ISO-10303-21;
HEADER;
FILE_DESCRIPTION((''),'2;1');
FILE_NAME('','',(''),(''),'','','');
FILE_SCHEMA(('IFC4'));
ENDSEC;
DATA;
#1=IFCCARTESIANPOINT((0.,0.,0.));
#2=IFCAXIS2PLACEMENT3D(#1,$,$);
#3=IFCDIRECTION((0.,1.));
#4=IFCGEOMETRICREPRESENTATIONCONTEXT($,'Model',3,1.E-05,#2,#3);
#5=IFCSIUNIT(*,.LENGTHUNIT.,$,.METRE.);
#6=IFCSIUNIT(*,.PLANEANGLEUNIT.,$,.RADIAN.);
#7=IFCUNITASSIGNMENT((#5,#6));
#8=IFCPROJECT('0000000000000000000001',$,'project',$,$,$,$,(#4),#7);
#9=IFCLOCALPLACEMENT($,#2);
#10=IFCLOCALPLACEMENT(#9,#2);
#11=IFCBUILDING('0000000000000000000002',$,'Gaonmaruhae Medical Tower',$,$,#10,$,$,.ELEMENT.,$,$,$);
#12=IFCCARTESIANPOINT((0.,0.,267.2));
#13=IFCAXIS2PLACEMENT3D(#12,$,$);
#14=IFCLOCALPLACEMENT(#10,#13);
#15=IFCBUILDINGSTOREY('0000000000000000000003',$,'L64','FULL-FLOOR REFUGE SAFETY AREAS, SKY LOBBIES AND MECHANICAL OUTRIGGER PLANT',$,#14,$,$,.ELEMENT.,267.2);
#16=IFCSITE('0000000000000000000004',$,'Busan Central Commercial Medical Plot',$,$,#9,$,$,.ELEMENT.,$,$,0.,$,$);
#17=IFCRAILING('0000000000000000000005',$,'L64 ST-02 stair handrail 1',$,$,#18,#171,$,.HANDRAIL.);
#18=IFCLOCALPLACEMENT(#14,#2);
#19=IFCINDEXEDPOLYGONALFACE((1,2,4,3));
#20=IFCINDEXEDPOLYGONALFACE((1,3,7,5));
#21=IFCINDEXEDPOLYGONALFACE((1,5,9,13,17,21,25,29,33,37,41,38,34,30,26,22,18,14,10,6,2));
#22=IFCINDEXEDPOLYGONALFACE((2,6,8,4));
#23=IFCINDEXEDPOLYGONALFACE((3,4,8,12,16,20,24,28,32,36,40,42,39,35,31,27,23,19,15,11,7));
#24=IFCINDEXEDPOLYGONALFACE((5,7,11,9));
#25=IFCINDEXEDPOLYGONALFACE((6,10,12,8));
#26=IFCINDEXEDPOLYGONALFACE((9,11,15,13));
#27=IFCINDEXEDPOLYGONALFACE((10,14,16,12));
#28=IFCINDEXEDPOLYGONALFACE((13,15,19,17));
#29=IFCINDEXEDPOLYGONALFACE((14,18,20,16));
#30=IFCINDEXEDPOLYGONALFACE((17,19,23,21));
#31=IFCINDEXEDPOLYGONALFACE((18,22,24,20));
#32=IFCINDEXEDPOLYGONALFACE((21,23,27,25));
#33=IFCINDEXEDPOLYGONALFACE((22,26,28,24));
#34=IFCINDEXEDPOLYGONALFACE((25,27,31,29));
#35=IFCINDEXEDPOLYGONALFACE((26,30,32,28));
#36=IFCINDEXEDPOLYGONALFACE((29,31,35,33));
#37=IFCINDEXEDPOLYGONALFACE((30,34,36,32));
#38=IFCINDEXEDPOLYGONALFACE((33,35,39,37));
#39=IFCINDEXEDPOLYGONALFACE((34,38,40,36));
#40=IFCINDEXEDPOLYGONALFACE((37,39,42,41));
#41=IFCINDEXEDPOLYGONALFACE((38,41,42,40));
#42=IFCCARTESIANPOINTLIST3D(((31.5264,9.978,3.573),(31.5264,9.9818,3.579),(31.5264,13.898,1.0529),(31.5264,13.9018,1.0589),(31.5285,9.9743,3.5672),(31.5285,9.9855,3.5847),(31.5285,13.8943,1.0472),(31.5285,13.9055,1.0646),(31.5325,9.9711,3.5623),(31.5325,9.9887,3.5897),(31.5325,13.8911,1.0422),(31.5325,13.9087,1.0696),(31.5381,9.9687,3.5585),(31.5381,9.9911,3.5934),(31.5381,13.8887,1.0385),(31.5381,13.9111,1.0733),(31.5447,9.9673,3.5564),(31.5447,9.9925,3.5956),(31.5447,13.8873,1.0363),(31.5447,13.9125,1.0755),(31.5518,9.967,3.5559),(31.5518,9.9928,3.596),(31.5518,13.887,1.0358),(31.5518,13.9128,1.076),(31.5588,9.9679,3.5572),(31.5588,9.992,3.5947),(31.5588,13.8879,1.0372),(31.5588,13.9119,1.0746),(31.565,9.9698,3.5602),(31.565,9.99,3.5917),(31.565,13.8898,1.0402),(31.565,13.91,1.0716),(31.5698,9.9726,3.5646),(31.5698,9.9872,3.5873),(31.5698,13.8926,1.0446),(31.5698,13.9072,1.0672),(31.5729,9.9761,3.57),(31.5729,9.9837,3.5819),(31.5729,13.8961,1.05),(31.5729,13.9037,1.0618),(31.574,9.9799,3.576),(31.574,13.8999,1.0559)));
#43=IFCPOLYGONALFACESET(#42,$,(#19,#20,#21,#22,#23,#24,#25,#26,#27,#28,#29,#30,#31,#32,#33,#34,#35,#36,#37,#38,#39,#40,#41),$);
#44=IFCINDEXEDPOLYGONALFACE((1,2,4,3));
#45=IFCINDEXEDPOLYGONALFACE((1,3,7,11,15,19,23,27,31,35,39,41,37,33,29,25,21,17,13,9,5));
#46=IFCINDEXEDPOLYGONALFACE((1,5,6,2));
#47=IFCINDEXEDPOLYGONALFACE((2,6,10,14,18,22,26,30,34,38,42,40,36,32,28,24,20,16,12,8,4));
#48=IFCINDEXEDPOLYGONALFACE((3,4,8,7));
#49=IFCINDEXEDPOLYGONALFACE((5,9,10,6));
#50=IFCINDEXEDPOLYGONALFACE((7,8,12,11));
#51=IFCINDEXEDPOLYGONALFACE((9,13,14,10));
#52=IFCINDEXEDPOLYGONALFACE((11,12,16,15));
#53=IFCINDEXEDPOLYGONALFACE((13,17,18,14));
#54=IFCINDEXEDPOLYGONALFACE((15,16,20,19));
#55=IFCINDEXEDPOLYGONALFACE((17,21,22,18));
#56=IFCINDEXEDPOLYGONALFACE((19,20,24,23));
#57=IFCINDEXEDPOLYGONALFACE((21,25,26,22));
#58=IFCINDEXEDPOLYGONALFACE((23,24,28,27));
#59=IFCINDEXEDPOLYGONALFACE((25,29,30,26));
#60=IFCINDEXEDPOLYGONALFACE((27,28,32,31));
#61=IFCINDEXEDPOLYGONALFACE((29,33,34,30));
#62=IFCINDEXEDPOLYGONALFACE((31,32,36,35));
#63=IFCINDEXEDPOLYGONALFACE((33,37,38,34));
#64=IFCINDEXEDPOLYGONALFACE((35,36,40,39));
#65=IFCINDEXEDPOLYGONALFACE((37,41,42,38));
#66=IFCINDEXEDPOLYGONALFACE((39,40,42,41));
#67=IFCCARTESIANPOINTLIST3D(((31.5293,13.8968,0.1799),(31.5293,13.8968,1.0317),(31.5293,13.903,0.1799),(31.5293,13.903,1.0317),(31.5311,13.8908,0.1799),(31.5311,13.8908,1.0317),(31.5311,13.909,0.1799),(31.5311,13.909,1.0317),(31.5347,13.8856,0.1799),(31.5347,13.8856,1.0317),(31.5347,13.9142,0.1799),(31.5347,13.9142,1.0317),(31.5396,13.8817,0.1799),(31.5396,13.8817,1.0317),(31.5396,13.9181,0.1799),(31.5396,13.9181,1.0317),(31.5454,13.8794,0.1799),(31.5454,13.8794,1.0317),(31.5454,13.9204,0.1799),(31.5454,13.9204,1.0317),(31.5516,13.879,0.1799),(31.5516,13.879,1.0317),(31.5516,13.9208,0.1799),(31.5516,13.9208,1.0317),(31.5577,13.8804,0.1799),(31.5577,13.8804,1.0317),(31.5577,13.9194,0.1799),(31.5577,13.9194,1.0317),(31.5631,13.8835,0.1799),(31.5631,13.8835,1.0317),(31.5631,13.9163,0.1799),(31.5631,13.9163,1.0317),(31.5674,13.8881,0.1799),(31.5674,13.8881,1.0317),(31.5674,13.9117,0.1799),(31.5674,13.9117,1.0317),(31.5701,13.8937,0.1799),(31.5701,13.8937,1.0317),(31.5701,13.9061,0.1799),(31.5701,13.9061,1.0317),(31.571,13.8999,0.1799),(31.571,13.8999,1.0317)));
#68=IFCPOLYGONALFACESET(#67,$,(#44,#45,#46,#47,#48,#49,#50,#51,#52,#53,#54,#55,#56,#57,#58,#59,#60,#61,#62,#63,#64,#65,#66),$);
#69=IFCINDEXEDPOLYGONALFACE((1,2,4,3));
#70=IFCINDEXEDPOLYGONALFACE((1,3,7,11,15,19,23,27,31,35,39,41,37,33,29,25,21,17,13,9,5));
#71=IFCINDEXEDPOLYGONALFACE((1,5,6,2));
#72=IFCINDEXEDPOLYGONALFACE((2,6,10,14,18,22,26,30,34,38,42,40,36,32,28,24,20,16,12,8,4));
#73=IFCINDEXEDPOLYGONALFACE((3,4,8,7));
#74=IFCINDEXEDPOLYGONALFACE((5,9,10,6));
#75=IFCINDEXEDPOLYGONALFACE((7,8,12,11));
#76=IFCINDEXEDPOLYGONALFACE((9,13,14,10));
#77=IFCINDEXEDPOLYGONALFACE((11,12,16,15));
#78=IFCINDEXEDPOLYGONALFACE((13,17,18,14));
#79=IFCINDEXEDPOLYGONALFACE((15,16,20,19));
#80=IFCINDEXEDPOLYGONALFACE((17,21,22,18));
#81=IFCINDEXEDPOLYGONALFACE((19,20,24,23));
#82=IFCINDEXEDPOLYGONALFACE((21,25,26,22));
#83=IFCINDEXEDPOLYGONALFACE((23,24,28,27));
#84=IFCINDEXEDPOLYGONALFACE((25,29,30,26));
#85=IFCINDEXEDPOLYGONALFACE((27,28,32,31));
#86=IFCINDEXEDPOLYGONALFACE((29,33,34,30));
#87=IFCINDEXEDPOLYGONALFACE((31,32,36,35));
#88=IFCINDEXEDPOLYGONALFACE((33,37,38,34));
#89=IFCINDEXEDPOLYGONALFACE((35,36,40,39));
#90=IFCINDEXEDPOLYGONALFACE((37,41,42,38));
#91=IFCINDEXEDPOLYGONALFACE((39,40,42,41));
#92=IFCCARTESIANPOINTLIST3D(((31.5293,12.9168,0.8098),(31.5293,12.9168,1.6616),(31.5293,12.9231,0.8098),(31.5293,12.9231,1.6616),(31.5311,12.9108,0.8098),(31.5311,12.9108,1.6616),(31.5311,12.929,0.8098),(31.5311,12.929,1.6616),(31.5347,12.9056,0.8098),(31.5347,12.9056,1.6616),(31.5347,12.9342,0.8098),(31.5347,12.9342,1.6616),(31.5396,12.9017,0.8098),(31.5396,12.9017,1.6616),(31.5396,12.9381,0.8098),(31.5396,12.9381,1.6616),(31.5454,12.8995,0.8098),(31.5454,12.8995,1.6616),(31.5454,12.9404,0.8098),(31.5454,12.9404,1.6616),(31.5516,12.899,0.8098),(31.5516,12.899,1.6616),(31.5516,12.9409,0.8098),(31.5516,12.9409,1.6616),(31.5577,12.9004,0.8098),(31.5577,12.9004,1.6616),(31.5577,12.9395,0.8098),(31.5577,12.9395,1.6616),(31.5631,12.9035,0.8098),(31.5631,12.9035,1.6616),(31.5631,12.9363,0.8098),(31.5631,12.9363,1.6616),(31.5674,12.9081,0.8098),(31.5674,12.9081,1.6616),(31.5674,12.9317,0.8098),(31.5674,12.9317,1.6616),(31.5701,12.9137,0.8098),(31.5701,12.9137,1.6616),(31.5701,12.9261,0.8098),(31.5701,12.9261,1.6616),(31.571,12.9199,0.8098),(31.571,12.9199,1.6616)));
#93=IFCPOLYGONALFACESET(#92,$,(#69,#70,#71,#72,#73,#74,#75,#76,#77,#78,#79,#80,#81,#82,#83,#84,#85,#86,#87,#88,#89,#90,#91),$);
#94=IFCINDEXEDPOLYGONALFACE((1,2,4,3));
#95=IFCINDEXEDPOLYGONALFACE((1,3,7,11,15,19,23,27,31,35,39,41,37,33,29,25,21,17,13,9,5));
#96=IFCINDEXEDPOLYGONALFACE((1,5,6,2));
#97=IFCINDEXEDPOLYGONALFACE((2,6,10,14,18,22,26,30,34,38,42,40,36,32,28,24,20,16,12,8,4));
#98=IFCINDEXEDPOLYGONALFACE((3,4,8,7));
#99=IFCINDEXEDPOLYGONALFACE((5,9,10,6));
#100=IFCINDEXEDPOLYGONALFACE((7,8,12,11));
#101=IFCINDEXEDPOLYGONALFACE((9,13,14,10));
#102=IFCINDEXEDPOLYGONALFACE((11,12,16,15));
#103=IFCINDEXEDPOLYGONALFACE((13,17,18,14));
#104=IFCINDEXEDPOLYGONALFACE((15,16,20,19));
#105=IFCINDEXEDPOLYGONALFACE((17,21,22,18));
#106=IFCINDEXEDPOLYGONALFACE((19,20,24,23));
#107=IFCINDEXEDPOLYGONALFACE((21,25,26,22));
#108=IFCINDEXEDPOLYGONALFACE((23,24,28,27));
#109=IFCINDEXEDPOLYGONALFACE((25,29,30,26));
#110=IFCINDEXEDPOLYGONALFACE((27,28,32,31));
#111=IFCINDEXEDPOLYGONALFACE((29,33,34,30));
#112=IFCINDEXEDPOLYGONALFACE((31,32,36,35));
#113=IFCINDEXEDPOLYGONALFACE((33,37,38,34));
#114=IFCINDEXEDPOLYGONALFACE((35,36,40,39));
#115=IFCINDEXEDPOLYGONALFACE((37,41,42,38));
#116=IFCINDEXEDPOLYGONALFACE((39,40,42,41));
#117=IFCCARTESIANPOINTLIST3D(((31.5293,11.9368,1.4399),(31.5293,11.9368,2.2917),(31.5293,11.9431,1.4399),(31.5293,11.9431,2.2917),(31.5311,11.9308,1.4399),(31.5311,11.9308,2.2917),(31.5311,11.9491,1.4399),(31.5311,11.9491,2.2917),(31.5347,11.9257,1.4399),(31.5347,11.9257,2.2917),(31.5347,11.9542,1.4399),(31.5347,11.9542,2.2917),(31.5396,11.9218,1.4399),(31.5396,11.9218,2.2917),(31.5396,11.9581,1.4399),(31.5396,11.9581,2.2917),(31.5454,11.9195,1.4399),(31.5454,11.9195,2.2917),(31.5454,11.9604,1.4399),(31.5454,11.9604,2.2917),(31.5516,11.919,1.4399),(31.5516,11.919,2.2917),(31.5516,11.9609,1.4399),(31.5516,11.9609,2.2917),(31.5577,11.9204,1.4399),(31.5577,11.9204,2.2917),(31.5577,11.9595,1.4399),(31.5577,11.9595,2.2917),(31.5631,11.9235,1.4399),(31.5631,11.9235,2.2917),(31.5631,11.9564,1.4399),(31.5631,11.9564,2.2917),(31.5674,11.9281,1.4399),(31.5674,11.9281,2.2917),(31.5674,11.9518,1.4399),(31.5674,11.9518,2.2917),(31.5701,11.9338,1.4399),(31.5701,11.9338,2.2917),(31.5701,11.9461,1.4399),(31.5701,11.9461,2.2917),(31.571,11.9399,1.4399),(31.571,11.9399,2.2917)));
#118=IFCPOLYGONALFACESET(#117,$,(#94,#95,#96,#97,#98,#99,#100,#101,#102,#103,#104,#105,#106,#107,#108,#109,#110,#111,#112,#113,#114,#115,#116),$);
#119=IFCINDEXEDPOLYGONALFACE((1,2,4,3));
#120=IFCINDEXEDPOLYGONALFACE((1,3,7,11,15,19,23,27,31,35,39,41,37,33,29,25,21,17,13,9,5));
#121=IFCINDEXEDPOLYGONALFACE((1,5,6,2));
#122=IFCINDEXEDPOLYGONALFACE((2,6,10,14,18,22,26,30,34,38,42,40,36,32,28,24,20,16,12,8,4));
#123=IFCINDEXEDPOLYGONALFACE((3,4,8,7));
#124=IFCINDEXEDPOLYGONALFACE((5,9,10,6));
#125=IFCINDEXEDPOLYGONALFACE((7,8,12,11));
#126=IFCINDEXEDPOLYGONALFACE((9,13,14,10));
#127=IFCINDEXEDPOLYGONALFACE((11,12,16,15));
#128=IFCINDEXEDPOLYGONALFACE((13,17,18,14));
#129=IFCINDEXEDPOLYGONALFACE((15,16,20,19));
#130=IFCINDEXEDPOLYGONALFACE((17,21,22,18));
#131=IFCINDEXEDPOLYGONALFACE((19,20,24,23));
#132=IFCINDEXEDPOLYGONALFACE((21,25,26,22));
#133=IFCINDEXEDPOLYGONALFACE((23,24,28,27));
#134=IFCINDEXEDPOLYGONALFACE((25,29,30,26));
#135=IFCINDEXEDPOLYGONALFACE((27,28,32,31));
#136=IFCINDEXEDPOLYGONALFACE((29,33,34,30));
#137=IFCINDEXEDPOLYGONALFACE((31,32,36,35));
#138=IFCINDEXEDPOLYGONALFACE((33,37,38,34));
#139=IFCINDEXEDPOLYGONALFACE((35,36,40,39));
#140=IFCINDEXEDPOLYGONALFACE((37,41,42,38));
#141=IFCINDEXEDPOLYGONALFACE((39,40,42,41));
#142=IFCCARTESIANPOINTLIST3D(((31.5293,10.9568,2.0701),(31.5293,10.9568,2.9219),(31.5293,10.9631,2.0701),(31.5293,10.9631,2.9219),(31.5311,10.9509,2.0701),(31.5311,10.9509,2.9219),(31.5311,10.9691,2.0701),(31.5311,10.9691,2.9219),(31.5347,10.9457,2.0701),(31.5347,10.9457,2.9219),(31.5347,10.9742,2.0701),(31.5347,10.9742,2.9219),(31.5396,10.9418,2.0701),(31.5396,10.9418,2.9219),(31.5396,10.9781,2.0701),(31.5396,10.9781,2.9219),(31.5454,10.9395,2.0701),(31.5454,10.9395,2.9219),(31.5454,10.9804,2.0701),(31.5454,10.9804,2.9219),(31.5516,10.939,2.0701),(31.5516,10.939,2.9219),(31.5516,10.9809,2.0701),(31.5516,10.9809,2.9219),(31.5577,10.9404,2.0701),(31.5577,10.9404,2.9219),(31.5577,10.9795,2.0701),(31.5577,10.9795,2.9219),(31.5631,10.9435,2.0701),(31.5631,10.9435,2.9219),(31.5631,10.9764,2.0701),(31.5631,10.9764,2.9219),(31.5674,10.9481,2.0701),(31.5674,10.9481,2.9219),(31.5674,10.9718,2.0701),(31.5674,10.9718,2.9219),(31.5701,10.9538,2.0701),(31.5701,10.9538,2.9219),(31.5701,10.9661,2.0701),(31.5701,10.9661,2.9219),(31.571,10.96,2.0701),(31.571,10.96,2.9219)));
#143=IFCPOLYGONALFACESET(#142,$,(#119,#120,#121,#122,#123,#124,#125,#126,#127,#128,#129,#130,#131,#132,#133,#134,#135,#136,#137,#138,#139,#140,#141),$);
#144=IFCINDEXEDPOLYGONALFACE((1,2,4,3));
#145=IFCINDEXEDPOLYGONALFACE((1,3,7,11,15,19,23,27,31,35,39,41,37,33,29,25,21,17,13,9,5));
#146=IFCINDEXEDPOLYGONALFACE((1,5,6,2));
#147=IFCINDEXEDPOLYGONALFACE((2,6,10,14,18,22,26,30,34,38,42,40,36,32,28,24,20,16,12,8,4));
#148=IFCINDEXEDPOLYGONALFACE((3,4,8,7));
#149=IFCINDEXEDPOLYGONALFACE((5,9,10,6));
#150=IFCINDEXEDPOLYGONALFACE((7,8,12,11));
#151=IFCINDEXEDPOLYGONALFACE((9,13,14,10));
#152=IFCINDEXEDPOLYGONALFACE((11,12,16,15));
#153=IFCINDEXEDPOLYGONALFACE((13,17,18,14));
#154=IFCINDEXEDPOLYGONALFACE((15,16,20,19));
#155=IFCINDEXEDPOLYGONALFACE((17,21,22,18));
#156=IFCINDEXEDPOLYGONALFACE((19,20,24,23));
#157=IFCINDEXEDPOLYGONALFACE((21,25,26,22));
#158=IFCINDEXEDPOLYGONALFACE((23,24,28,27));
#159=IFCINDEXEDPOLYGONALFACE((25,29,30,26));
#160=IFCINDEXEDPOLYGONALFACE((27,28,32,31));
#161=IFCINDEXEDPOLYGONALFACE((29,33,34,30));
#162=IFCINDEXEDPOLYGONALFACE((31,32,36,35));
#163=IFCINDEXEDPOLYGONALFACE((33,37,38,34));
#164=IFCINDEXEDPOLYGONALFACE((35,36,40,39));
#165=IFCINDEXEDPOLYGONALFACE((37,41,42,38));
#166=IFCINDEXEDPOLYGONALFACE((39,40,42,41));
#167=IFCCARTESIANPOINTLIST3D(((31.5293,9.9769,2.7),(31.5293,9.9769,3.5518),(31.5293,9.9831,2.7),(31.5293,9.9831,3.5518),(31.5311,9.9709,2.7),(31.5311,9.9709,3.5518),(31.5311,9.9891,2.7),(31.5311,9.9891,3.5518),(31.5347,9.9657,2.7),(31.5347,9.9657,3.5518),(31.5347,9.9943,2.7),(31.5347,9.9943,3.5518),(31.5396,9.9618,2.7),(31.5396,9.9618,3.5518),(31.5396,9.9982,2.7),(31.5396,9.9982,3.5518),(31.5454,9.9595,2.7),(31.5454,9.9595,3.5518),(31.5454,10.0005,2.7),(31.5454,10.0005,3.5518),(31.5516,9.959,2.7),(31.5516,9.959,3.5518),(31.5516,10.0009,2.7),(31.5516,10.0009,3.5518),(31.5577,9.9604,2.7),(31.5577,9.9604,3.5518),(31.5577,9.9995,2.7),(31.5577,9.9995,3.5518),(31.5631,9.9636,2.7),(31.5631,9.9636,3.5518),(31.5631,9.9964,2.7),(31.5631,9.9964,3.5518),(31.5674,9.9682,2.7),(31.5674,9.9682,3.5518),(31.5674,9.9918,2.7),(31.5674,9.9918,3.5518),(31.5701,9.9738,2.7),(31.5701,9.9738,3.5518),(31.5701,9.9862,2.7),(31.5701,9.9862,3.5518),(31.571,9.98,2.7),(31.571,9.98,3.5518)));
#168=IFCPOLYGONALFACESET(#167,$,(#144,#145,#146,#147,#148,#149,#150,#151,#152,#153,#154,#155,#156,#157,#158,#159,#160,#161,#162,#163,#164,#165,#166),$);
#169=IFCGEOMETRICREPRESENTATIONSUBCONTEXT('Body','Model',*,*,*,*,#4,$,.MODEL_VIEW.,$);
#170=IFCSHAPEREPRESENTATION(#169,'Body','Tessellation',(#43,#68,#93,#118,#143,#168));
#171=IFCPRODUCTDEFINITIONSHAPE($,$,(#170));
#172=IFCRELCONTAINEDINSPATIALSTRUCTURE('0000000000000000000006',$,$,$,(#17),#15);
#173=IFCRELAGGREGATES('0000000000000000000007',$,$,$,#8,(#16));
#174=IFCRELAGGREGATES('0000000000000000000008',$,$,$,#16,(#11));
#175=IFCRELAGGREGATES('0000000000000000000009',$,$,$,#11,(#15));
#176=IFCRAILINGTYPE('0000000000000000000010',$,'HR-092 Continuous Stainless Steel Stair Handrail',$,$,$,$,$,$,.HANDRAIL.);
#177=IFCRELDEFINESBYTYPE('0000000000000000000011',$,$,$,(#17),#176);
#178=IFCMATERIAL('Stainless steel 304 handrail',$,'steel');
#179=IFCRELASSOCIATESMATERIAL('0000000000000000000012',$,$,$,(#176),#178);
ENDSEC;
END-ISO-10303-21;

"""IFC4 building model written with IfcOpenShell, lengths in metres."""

from ifc_helpers import new_model, si_unit, direction, frame, origin, origin_2d, place, context, subcontext, project, spatial, circle, extrude, material, type_object, element, save


model = new_model("IFC4")

# Units and contexts
model_context = context("Model", 3, precision=1e-05, world=origin(), true_north=direction((0.0, 1.0)))
body_context = subcontext(model_context, "Body", "Model", "MODEL_VIEW")
ifc_project = project(units=[si_unit("LENGTHUNIT", "METRE"), si_unit("PLANEANGLEUNIT", "RADIAN")], contexts=[model_context])

# Site, building, storey
site_placement = place(None, origin())
site = spatial("IfcSite", under=ifc_project, at=site_placement, Name="Busan Central Commercial Medical Plot", CompositionType="ELEMENT", RefElevation=0.0)
building_placement = place(site_placement, origin())
building = spatial("IfcBuilding", under=site, at=building_placement, Name="Gaonmaruhae Medical Tower", CompositionType="ELEMENT")
storey_placement = place(building_placement, frame((0.0, 0.0, 267.2)))
storey = spatial("IfcBuildingStorey", under=building, at=storey_placement, Name="L64", Description="FULL-FLOOR REFUGE SAFETY AREAS, SKY LOBBIES AND MECHANICAL OUTRIGGER PLANT", CompositionType="ELEMENT", Elevation=267.2)

# Railing
ifc_material_1 = material(Name="Stainless steel 304 handrail", Category="steel")
railing_type_1 = type_object("IfcRailingType", Name="HR-092 Continuous Stainless Steel Stair Handrail", PredefinedType="HANDRAIL", material=ifc_material_1)
railing_1_placement = place(storey_placement, frame((31.55, 13.8999, 0.1799)))
element("IfcRailing", 1, at=railing_1_placement, inside=storey, type_object=railing_type_1, Name="L64 ST-02 stair handrail 1", PredefinedType="HANDRAIL", context=body_context, shape_type="SweptSolid", body=[
    extrude(circle(Radius=0.0239, at=origin_2d()), frame((0.0, 0.0, 0.876), z_axis=(0.0, -0.841172, 0.540768), x_axis=(1.0, 0.0, 0.0)), (0.0, 0.0, 1.0), 4.6602),
    extrude(circle(Radius=0.021, at=origin_2d()), origin(), (0.0, 0.0, 1.0), 0.8518),
    extrude(circle(Radius=0.021, at=origin_2d()), frame((0.0, -0.98, 0.6299)), (0.0, 0.0, 1.0), 0.8518),
    extrude(circle(Radius=0.021, at=origin_2d()), frame((0.0, -1.96, 1.26)), (0.0, 0.0, 1.0), 0.8518),
    extrude(circle(Radius=0.021, at=origin_2d()), frame((0.0, -2.9399, 1.8901)), (0.0, 0.0, 1.0), 0.8518),
    extrude(circle(Radius=0.021, at=origin_2d()), frame((0.0, -3.9199, 2.52)), (0.0, 0.0, 1.0), 0.8518),
])

save(model, "model.ifc")
